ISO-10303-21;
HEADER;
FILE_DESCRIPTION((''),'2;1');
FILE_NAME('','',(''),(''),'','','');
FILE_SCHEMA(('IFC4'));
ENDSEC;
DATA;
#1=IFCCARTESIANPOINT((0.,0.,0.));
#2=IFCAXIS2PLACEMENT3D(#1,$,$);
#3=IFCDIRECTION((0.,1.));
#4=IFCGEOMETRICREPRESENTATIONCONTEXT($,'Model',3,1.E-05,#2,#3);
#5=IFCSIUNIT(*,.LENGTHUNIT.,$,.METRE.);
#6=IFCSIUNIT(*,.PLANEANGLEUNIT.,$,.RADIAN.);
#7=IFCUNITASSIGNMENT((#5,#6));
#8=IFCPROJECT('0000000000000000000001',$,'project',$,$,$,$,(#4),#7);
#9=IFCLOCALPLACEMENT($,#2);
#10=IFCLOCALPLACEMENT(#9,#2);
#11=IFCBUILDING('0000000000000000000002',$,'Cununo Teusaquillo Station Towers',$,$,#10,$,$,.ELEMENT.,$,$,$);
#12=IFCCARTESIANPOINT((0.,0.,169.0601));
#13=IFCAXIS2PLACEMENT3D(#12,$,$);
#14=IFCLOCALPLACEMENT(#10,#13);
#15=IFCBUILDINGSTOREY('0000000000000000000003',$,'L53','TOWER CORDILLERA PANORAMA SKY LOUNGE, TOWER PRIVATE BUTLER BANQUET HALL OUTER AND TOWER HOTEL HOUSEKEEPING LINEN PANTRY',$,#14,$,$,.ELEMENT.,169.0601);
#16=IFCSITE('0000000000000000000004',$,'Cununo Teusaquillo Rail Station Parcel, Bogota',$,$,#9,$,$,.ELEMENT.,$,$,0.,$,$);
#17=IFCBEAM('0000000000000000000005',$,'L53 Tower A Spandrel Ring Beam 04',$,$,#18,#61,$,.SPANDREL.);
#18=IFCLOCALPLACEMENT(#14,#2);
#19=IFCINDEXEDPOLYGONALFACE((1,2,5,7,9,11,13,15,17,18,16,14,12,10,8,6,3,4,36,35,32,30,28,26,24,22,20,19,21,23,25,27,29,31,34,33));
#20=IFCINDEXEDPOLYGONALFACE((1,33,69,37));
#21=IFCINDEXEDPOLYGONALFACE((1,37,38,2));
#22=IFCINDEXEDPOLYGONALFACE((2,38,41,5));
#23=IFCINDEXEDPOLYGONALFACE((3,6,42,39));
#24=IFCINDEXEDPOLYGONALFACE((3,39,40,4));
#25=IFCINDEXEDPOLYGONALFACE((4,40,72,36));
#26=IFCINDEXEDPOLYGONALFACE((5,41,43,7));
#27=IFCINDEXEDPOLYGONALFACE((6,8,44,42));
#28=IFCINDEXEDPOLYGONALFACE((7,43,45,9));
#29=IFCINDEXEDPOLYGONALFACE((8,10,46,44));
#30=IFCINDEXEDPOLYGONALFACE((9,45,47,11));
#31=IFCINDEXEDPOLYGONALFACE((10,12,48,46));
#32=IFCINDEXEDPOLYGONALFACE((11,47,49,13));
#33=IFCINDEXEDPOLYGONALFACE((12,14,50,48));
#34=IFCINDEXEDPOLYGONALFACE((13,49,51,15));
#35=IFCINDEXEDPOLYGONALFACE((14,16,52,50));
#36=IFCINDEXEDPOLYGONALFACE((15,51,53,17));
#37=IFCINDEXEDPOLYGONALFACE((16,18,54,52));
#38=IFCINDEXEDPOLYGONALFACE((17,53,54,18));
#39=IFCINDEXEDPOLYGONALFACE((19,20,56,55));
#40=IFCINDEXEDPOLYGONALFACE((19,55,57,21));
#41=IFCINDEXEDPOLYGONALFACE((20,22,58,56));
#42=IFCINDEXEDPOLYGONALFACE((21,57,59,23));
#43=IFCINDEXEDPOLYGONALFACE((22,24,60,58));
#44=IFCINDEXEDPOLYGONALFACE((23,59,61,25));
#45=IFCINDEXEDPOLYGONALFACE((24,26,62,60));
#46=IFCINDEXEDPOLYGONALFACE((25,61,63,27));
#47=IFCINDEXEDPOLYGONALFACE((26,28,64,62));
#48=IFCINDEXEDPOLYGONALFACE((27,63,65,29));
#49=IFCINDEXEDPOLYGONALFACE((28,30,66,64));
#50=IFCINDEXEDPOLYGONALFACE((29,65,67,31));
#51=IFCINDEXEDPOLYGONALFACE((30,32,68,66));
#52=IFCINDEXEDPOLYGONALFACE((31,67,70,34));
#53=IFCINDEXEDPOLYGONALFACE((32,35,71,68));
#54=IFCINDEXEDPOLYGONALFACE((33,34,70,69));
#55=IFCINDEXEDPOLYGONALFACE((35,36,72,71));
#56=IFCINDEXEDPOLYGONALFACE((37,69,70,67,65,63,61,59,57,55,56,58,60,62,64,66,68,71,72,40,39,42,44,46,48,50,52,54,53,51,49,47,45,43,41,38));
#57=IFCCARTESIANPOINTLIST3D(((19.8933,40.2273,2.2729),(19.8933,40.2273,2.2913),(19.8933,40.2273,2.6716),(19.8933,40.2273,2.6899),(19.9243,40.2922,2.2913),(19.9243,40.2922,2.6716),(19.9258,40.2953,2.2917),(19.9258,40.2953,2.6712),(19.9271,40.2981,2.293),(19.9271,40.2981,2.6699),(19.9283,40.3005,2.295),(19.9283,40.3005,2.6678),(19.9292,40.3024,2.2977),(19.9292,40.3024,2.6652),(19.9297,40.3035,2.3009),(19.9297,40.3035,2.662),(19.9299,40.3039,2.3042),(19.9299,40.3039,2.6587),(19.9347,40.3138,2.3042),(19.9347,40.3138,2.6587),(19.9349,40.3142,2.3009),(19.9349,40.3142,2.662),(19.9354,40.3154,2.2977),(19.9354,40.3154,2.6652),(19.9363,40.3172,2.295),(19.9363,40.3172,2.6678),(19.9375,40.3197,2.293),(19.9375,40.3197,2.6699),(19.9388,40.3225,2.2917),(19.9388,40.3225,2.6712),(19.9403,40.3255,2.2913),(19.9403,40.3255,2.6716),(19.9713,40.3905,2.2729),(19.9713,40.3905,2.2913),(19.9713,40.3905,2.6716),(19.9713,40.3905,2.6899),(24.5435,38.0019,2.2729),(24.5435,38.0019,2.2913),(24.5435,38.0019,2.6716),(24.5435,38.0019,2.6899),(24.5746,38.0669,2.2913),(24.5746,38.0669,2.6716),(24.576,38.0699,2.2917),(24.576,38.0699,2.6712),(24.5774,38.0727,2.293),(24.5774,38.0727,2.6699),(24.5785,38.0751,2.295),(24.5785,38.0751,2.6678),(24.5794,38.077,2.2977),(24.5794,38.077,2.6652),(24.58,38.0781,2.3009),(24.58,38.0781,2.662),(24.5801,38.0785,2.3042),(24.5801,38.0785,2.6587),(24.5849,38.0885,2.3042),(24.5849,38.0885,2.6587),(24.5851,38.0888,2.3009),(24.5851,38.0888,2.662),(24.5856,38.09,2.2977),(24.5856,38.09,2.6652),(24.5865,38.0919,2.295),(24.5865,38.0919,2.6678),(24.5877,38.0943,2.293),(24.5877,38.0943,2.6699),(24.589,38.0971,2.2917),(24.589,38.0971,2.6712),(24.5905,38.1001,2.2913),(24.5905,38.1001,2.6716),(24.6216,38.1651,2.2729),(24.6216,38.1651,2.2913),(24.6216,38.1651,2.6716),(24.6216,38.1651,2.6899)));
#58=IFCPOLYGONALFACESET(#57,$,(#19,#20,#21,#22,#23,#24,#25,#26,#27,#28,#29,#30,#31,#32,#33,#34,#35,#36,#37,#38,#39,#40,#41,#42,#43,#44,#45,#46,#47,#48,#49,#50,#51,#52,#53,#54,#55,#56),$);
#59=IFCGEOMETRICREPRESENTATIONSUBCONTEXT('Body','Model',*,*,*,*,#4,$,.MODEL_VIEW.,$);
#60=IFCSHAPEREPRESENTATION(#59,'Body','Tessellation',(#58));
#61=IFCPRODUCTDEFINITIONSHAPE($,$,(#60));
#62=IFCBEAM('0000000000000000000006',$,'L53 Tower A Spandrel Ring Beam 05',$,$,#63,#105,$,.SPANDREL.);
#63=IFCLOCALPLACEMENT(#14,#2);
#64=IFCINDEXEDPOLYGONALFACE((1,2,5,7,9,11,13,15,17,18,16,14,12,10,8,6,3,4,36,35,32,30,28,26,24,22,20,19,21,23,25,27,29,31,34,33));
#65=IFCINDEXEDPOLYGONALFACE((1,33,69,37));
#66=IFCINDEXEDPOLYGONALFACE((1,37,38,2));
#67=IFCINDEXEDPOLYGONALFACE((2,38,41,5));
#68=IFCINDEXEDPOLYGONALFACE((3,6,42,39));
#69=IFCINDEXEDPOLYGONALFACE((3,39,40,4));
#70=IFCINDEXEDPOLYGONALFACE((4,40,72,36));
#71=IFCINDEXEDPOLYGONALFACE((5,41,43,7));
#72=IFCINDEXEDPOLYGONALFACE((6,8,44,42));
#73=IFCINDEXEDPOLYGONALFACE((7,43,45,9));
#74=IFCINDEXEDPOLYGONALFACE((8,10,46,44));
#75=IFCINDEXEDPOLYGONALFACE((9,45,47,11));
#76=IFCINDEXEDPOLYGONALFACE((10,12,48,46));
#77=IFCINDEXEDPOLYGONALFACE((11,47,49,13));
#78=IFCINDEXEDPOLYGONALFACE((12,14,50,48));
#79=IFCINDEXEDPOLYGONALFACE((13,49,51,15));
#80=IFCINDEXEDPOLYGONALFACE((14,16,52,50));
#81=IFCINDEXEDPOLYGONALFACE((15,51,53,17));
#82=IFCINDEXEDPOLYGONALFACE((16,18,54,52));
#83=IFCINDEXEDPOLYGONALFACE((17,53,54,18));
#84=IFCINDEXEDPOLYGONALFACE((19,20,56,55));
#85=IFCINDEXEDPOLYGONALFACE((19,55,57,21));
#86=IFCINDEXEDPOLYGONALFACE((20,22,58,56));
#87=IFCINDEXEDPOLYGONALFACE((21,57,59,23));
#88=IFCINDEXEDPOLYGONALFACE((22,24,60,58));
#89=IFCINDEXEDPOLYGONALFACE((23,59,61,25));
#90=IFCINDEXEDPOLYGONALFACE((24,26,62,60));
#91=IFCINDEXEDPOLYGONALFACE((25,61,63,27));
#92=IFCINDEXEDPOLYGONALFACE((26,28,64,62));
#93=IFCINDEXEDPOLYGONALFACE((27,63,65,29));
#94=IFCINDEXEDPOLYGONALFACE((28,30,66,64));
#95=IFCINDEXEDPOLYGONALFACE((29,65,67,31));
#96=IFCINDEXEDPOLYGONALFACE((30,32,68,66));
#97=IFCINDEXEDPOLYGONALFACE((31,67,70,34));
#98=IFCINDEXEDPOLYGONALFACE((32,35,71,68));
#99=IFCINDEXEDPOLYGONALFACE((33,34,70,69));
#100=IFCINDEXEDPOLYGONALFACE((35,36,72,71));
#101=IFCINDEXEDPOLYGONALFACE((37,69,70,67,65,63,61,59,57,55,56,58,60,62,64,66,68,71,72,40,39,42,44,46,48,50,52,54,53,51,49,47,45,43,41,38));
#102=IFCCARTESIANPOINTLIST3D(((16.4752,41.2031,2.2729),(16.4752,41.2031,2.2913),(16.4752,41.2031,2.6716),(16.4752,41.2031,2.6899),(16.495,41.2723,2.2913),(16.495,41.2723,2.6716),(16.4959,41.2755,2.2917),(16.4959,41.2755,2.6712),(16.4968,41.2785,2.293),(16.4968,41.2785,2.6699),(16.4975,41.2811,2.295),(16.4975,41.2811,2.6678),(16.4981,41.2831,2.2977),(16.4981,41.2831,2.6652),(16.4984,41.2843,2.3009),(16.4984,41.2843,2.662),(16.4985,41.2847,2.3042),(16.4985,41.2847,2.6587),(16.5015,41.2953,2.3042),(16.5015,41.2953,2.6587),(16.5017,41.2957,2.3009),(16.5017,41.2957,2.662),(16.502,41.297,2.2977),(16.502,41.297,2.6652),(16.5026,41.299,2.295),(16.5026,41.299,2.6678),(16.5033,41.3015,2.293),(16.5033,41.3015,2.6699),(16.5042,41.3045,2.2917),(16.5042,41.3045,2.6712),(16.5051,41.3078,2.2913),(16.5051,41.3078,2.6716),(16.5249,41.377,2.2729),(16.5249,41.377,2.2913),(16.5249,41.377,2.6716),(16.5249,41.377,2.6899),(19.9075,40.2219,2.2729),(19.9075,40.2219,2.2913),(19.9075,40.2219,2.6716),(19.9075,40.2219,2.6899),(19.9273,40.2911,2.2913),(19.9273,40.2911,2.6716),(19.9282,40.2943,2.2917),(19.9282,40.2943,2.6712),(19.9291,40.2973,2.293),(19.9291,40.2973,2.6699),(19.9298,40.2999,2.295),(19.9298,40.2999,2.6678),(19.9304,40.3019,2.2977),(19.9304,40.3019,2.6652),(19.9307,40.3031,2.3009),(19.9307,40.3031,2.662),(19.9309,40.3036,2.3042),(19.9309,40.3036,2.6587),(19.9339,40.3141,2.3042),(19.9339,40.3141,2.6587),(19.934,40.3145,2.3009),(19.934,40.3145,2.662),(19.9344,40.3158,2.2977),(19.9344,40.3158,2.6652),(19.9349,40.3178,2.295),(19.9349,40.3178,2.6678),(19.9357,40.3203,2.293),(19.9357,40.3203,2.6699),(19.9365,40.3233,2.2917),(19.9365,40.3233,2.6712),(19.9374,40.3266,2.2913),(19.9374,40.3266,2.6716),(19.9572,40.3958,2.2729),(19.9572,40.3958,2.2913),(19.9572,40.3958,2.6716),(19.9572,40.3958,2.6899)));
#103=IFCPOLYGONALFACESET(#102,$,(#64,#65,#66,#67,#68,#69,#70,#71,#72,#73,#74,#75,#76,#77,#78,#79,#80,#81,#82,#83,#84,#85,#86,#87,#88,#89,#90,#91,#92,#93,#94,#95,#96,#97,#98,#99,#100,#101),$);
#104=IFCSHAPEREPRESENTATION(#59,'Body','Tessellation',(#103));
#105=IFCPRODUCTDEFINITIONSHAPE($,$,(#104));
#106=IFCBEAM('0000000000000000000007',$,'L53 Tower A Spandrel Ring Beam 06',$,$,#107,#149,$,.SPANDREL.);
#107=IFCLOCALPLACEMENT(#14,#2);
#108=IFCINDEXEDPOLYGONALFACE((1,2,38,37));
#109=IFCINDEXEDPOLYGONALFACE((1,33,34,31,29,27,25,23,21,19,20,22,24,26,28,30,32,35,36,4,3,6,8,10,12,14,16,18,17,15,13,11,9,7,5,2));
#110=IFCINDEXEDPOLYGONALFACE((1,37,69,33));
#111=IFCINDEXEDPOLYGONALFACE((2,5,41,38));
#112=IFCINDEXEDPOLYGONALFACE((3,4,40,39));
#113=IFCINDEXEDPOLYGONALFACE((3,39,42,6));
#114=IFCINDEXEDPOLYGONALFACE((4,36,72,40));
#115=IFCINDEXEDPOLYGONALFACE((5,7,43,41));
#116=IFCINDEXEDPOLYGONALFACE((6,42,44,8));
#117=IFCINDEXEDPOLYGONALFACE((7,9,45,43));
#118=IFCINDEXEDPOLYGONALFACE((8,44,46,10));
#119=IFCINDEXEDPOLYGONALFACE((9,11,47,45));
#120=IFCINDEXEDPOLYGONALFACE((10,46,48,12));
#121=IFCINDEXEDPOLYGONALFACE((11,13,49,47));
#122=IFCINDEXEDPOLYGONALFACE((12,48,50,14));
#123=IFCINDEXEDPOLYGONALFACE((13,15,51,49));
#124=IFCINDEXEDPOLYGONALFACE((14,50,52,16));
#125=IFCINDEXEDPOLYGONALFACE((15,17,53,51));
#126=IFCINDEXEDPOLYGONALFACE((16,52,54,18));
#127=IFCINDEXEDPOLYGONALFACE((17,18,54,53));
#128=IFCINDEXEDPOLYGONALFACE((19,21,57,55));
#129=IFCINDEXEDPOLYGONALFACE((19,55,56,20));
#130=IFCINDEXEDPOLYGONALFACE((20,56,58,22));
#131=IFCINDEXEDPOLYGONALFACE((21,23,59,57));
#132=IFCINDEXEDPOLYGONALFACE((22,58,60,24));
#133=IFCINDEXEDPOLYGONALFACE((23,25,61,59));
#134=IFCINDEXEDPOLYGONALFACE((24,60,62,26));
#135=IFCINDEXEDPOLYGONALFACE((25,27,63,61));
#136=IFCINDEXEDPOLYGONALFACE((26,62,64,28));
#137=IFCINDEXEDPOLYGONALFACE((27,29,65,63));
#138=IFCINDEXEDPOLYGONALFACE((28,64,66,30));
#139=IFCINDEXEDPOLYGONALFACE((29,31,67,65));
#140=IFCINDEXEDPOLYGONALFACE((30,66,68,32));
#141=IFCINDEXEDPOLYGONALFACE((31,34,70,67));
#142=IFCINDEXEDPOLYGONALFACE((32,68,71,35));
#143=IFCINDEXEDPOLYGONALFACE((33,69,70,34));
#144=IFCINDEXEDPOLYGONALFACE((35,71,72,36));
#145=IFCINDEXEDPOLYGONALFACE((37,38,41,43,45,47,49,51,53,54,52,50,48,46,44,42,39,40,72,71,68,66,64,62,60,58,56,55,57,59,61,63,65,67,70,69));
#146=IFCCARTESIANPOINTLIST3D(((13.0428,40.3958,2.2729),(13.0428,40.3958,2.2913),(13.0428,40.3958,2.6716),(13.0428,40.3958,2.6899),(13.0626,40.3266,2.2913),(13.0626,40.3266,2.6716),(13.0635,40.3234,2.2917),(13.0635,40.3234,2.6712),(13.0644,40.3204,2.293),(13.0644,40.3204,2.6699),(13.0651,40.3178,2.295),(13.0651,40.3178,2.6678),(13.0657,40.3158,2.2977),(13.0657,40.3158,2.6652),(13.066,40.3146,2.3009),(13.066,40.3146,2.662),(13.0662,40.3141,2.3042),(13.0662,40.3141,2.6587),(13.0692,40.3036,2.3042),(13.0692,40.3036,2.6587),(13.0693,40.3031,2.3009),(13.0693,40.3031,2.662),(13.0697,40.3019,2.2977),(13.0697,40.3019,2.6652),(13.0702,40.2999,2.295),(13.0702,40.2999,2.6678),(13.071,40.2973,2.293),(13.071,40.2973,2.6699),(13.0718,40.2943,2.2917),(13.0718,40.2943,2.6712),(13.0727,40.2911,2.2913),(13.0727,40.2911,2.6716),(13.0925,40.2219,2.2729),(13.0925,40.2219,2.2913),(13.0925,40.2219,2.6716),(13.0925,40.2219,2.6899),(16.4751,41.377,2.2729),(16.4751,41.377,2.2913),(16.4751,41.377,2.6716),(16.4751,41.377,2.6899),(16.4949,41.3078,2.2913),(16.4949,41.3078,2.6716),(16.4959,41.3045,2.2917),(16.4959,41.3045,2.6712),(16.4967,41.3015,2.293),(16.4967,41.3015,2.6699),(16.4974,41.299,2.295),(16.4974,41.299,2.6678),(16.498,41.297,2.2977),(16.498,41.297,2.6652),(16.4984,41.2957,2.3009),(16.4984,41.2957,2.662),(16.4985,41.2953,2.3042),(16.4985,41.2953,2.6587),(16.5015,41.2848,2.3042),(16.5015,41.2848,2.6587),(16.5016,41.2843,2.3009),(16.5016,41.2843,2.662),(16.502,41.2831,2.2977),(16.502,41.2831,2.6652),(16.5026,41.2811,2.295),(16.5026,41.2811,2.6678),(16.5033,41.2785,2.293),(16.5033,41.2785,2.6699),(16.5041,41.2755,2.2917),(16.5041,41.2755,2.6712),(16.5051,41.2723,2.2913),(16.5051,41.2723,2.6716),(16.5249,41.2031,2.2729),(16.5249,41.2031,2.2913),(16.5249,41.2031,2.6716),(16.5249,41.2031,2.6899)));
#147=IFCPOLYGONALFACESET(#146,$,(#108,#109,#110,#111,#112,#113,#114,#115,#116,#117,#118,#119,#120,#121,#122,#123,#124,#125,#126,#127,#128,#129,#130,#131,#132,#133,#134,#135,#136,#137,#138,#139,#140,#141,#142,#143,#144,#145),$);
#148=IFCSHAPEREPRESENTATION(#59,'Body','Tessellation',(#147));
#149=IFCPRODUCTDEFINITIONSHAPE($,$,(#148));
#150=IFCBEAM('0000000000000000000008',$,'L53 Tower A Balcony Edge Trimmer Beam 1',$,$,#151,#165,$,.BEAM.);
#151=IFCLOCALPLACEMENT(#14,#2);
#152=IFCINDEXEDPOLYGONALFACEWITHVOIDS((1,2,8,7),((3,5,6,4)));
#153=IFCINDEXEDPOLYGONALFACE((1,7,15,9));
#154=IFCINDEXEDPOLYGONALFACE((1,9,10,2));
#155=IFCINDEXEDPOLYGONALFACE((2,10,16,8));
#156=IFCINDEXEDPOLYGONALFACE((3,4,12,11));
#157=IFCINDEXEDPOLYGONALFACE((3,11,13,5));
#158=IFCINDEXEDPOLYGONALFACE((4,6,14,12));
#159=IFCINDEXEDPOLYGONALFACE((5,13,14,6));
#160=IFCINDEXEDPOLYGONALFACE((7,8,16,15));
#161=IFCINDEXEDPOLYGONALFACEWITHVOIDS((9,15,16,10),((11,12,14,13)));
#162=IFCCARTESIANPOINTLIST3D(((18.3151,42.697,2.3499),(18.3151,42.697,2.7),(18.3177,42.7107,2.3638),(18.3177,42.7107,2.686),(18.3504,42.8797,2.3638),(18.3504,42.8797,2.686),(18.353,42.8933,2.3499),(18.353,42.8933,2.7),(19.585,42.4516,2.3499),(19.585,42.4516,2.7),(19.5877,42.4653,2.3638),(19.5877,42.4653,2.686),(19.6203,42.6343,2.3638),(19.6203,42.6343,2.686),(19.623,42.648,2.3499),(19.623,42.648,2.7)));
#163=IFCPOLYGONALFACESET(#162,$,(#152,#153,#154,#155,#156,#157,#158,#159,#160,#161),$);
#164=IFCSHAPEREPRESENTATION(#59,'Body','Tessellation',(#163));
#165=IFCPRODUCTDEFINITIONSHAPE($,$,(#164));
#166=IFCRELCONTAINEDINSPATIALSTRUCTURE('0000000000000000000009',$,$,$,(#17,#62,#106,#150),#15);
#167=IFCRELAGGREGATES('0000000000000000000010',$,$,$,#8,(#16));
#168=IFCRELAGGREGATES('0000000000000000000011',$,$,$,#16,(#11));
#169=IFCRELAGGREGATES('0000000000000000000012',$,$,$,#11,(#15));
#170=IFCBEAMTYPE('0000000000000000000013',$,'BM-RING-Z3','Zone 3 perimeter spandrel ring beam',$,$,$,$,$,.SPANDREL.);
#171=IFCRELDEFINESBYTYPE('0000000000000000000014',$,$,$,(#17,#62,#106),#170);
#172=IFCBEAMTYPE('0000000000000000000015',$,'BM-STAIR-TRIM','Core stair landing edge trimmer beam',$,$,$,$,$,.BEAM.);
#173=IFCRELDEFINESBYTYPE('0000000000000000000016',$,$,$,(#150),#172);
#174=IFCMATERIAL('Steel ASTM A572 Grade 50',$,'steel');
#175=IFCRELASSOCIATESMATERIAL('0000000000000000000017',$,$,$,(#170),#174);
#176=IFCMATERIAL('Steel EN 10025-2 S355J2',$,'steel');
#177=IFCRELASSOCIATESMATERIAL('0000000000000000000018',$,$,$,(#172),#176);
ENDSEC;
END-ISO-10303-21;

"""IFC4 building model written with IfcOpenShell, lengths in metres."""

from ifc_helpers import new_model, si_unit, direction, frame, origin, origin_2d, place, context, subcontext, project, spatial, hollow_rectangle, i_section, extrude, material, material_profile, profile_set, type_object, element, save


model = new_model("IFC4")

# Units and contexts
model_context = context("Model", 3, precision=1e-05, world=origin(), true_north=direction((0.0, 1.0)))
body_context = subcontext(model_context, "Body", "Model", "MODEL_VIEW")
ifc_project = project(units=[si_unit("LENGTHUNIT", "METRE"), si_unit("PLANEANGLEUNIT", "RADIAN")], contexts=[model_context])

# Site, building, storey
site_placement = place(None, origin())
site = spatial("IfcSite", under=ifc_project, at=site_placement, Name="Cununo Teusaquillo Rail Station Parcel, Bogota", CompositionType="ELEMENT", RefElevation=0.0)
building_placement = place(site_placement, origin())
building = spatial("IfcBuilding", under=site, at=building_placement, Name="Cununo Teusaquillo Station Towers", CompositionType="ELEMENT")
storey_placement = place(building_placement, frame((0.0, 0.0, 169.0601)))
storey = spatial("IfcBuildingStorey", under=building, at=storey_placement, Name="L53", Description="TOWER CORDILLERA PANORAMA SKY LOUNGE, TOWER PRIVATE BUTLER BANQUET HALL OUTER AND TOWER HOTEL HOUSEKEEPING LINEN PANTRY", CompositionType="ELEMENT", Elevation=169.0601)

# Beams
ifc_material_1 = material(Name="Steel ASTM A572 Grade 50", Category="steel")
ifc_material_profile_1 = material_profile(ifc_material_1, i_section(OverallWidth=0.1809, OverallDepth=0.417, WebThickness=0.011, FlangeThickness=0.0183, FilletRadius=0.0129, at=origin_2d()), Name="W16X57")
ifc_profile_set_1 = profile_set([ifc_material_profile_1], Name="Steel ASTM A572 Grade 50")
beam_type_1 = type_object("IfcBeamType", Name="BM-RING-Z3", Description="Zone 3 perimeter spandrel ring beam", PredefinedType="SPANDREL", material=ifc_profile_set_1)
beam_1_placement = place(storey_placement, frame((24.5825, 38.0835, 2.4814), z_axis=(-0.902032, 0.43167, 0.0), x_axis=(-0.43167, -0.902032, 0.0)))
element("IfcBeam", 1, at=beam_1_placement, inside=storey, type_object=beam_type_1, Name="L53 Tower A Spandrel Ring Beam 04", PredefinedType="SPANDREL", context=body_context, shape_type="SweptSolid", body=[
    extrude(i_section(OverallWidth=0.1809, OverallDepth=0.417, WebThickness=0.011, FlangeThickness=0.0183, FilletRadius=0.0129, at=origin_2d()), origin(), (0.0, 0.0, 1.0), 5.1553),
])
for number, where, z_axis, x_axis, name in (
    (2, (19.9324, 40.3088, 2.4814), (-0.961485, 0.274857, 0.0), (-0.274857, -0.961485, 0.0), "L53 Tower A Spandrel Ring Beam 05"),
    (3, (16.5, 41.29, 2.4814), (-0.961485, -0.274857, 0.0), (0.274857, -0.961485, 0.0), "L53 Tower A Spandrel Ring Beam 06"),
):
    element("IfcBeam", number, at=place(storey_placement, frame(where, z_axis=z_axis, x_axis=x_axis)), inside=storey, type_object=beam_type_1, Name=name, PredefinedType="SPANDREL", context=body_context, shape_type="SweptSolid", body=[
        extrude(i_section(OverallWidth=0.1809, OverallDepth=0.417, WebThickness=0.011, FlangeThickness=0.0183, FilletRadius=0.0129, at=origin_2d()), origin(), (0.0, 0.0, 1.0), 3.5698),
    ])
ifc_material_2 = material(Name="Steel EN 10025-2 S355J2", Category="steel")
ifc_material_profile_2 = material_profile(ifc_material_2, hollow_rectangle(XDim=0.2, YDim=0.3501, WallThickness=0.0139, at=origin_2d()), Name="RHS 350x200x14")
ifc_profile_set_2 = profile_set([ifc_material_profile_2], Name="Steel EN 10025-2 S355J2")
beam_type_2 = type_object("IfcBeamType", Name="BM-STAIR-TRIM", Description="Core stair landing edge trimmer beam", PredefinedType="BEAM", material=ifc_profile_set_2)
beam_2_placement = place(storey_placement, frame((19.604, 42.5498, 2.5249), z_axis=(-0.981845, 0.189687, 0.0), x_axis=(-0.189687, -0.981845, 0.0)))
element("IfcBeam", 4, at=beam_2_placement, inside=storey, type_object=beam_type_2, Name="L53 Tower A Balcony Edge Trimmer Beam 1", PredefinedType="BEAM", context=body_context, shape_type="SweptSolid", body=[
    extrude(hollow_rectangle(XDim=0.2, YDim=0.3501, WallThickness=0.0139, at=origin_2d()), origin(), (0.0, 0.0, 1.0), 1.2935),
])

save(model, "model.ifc")
